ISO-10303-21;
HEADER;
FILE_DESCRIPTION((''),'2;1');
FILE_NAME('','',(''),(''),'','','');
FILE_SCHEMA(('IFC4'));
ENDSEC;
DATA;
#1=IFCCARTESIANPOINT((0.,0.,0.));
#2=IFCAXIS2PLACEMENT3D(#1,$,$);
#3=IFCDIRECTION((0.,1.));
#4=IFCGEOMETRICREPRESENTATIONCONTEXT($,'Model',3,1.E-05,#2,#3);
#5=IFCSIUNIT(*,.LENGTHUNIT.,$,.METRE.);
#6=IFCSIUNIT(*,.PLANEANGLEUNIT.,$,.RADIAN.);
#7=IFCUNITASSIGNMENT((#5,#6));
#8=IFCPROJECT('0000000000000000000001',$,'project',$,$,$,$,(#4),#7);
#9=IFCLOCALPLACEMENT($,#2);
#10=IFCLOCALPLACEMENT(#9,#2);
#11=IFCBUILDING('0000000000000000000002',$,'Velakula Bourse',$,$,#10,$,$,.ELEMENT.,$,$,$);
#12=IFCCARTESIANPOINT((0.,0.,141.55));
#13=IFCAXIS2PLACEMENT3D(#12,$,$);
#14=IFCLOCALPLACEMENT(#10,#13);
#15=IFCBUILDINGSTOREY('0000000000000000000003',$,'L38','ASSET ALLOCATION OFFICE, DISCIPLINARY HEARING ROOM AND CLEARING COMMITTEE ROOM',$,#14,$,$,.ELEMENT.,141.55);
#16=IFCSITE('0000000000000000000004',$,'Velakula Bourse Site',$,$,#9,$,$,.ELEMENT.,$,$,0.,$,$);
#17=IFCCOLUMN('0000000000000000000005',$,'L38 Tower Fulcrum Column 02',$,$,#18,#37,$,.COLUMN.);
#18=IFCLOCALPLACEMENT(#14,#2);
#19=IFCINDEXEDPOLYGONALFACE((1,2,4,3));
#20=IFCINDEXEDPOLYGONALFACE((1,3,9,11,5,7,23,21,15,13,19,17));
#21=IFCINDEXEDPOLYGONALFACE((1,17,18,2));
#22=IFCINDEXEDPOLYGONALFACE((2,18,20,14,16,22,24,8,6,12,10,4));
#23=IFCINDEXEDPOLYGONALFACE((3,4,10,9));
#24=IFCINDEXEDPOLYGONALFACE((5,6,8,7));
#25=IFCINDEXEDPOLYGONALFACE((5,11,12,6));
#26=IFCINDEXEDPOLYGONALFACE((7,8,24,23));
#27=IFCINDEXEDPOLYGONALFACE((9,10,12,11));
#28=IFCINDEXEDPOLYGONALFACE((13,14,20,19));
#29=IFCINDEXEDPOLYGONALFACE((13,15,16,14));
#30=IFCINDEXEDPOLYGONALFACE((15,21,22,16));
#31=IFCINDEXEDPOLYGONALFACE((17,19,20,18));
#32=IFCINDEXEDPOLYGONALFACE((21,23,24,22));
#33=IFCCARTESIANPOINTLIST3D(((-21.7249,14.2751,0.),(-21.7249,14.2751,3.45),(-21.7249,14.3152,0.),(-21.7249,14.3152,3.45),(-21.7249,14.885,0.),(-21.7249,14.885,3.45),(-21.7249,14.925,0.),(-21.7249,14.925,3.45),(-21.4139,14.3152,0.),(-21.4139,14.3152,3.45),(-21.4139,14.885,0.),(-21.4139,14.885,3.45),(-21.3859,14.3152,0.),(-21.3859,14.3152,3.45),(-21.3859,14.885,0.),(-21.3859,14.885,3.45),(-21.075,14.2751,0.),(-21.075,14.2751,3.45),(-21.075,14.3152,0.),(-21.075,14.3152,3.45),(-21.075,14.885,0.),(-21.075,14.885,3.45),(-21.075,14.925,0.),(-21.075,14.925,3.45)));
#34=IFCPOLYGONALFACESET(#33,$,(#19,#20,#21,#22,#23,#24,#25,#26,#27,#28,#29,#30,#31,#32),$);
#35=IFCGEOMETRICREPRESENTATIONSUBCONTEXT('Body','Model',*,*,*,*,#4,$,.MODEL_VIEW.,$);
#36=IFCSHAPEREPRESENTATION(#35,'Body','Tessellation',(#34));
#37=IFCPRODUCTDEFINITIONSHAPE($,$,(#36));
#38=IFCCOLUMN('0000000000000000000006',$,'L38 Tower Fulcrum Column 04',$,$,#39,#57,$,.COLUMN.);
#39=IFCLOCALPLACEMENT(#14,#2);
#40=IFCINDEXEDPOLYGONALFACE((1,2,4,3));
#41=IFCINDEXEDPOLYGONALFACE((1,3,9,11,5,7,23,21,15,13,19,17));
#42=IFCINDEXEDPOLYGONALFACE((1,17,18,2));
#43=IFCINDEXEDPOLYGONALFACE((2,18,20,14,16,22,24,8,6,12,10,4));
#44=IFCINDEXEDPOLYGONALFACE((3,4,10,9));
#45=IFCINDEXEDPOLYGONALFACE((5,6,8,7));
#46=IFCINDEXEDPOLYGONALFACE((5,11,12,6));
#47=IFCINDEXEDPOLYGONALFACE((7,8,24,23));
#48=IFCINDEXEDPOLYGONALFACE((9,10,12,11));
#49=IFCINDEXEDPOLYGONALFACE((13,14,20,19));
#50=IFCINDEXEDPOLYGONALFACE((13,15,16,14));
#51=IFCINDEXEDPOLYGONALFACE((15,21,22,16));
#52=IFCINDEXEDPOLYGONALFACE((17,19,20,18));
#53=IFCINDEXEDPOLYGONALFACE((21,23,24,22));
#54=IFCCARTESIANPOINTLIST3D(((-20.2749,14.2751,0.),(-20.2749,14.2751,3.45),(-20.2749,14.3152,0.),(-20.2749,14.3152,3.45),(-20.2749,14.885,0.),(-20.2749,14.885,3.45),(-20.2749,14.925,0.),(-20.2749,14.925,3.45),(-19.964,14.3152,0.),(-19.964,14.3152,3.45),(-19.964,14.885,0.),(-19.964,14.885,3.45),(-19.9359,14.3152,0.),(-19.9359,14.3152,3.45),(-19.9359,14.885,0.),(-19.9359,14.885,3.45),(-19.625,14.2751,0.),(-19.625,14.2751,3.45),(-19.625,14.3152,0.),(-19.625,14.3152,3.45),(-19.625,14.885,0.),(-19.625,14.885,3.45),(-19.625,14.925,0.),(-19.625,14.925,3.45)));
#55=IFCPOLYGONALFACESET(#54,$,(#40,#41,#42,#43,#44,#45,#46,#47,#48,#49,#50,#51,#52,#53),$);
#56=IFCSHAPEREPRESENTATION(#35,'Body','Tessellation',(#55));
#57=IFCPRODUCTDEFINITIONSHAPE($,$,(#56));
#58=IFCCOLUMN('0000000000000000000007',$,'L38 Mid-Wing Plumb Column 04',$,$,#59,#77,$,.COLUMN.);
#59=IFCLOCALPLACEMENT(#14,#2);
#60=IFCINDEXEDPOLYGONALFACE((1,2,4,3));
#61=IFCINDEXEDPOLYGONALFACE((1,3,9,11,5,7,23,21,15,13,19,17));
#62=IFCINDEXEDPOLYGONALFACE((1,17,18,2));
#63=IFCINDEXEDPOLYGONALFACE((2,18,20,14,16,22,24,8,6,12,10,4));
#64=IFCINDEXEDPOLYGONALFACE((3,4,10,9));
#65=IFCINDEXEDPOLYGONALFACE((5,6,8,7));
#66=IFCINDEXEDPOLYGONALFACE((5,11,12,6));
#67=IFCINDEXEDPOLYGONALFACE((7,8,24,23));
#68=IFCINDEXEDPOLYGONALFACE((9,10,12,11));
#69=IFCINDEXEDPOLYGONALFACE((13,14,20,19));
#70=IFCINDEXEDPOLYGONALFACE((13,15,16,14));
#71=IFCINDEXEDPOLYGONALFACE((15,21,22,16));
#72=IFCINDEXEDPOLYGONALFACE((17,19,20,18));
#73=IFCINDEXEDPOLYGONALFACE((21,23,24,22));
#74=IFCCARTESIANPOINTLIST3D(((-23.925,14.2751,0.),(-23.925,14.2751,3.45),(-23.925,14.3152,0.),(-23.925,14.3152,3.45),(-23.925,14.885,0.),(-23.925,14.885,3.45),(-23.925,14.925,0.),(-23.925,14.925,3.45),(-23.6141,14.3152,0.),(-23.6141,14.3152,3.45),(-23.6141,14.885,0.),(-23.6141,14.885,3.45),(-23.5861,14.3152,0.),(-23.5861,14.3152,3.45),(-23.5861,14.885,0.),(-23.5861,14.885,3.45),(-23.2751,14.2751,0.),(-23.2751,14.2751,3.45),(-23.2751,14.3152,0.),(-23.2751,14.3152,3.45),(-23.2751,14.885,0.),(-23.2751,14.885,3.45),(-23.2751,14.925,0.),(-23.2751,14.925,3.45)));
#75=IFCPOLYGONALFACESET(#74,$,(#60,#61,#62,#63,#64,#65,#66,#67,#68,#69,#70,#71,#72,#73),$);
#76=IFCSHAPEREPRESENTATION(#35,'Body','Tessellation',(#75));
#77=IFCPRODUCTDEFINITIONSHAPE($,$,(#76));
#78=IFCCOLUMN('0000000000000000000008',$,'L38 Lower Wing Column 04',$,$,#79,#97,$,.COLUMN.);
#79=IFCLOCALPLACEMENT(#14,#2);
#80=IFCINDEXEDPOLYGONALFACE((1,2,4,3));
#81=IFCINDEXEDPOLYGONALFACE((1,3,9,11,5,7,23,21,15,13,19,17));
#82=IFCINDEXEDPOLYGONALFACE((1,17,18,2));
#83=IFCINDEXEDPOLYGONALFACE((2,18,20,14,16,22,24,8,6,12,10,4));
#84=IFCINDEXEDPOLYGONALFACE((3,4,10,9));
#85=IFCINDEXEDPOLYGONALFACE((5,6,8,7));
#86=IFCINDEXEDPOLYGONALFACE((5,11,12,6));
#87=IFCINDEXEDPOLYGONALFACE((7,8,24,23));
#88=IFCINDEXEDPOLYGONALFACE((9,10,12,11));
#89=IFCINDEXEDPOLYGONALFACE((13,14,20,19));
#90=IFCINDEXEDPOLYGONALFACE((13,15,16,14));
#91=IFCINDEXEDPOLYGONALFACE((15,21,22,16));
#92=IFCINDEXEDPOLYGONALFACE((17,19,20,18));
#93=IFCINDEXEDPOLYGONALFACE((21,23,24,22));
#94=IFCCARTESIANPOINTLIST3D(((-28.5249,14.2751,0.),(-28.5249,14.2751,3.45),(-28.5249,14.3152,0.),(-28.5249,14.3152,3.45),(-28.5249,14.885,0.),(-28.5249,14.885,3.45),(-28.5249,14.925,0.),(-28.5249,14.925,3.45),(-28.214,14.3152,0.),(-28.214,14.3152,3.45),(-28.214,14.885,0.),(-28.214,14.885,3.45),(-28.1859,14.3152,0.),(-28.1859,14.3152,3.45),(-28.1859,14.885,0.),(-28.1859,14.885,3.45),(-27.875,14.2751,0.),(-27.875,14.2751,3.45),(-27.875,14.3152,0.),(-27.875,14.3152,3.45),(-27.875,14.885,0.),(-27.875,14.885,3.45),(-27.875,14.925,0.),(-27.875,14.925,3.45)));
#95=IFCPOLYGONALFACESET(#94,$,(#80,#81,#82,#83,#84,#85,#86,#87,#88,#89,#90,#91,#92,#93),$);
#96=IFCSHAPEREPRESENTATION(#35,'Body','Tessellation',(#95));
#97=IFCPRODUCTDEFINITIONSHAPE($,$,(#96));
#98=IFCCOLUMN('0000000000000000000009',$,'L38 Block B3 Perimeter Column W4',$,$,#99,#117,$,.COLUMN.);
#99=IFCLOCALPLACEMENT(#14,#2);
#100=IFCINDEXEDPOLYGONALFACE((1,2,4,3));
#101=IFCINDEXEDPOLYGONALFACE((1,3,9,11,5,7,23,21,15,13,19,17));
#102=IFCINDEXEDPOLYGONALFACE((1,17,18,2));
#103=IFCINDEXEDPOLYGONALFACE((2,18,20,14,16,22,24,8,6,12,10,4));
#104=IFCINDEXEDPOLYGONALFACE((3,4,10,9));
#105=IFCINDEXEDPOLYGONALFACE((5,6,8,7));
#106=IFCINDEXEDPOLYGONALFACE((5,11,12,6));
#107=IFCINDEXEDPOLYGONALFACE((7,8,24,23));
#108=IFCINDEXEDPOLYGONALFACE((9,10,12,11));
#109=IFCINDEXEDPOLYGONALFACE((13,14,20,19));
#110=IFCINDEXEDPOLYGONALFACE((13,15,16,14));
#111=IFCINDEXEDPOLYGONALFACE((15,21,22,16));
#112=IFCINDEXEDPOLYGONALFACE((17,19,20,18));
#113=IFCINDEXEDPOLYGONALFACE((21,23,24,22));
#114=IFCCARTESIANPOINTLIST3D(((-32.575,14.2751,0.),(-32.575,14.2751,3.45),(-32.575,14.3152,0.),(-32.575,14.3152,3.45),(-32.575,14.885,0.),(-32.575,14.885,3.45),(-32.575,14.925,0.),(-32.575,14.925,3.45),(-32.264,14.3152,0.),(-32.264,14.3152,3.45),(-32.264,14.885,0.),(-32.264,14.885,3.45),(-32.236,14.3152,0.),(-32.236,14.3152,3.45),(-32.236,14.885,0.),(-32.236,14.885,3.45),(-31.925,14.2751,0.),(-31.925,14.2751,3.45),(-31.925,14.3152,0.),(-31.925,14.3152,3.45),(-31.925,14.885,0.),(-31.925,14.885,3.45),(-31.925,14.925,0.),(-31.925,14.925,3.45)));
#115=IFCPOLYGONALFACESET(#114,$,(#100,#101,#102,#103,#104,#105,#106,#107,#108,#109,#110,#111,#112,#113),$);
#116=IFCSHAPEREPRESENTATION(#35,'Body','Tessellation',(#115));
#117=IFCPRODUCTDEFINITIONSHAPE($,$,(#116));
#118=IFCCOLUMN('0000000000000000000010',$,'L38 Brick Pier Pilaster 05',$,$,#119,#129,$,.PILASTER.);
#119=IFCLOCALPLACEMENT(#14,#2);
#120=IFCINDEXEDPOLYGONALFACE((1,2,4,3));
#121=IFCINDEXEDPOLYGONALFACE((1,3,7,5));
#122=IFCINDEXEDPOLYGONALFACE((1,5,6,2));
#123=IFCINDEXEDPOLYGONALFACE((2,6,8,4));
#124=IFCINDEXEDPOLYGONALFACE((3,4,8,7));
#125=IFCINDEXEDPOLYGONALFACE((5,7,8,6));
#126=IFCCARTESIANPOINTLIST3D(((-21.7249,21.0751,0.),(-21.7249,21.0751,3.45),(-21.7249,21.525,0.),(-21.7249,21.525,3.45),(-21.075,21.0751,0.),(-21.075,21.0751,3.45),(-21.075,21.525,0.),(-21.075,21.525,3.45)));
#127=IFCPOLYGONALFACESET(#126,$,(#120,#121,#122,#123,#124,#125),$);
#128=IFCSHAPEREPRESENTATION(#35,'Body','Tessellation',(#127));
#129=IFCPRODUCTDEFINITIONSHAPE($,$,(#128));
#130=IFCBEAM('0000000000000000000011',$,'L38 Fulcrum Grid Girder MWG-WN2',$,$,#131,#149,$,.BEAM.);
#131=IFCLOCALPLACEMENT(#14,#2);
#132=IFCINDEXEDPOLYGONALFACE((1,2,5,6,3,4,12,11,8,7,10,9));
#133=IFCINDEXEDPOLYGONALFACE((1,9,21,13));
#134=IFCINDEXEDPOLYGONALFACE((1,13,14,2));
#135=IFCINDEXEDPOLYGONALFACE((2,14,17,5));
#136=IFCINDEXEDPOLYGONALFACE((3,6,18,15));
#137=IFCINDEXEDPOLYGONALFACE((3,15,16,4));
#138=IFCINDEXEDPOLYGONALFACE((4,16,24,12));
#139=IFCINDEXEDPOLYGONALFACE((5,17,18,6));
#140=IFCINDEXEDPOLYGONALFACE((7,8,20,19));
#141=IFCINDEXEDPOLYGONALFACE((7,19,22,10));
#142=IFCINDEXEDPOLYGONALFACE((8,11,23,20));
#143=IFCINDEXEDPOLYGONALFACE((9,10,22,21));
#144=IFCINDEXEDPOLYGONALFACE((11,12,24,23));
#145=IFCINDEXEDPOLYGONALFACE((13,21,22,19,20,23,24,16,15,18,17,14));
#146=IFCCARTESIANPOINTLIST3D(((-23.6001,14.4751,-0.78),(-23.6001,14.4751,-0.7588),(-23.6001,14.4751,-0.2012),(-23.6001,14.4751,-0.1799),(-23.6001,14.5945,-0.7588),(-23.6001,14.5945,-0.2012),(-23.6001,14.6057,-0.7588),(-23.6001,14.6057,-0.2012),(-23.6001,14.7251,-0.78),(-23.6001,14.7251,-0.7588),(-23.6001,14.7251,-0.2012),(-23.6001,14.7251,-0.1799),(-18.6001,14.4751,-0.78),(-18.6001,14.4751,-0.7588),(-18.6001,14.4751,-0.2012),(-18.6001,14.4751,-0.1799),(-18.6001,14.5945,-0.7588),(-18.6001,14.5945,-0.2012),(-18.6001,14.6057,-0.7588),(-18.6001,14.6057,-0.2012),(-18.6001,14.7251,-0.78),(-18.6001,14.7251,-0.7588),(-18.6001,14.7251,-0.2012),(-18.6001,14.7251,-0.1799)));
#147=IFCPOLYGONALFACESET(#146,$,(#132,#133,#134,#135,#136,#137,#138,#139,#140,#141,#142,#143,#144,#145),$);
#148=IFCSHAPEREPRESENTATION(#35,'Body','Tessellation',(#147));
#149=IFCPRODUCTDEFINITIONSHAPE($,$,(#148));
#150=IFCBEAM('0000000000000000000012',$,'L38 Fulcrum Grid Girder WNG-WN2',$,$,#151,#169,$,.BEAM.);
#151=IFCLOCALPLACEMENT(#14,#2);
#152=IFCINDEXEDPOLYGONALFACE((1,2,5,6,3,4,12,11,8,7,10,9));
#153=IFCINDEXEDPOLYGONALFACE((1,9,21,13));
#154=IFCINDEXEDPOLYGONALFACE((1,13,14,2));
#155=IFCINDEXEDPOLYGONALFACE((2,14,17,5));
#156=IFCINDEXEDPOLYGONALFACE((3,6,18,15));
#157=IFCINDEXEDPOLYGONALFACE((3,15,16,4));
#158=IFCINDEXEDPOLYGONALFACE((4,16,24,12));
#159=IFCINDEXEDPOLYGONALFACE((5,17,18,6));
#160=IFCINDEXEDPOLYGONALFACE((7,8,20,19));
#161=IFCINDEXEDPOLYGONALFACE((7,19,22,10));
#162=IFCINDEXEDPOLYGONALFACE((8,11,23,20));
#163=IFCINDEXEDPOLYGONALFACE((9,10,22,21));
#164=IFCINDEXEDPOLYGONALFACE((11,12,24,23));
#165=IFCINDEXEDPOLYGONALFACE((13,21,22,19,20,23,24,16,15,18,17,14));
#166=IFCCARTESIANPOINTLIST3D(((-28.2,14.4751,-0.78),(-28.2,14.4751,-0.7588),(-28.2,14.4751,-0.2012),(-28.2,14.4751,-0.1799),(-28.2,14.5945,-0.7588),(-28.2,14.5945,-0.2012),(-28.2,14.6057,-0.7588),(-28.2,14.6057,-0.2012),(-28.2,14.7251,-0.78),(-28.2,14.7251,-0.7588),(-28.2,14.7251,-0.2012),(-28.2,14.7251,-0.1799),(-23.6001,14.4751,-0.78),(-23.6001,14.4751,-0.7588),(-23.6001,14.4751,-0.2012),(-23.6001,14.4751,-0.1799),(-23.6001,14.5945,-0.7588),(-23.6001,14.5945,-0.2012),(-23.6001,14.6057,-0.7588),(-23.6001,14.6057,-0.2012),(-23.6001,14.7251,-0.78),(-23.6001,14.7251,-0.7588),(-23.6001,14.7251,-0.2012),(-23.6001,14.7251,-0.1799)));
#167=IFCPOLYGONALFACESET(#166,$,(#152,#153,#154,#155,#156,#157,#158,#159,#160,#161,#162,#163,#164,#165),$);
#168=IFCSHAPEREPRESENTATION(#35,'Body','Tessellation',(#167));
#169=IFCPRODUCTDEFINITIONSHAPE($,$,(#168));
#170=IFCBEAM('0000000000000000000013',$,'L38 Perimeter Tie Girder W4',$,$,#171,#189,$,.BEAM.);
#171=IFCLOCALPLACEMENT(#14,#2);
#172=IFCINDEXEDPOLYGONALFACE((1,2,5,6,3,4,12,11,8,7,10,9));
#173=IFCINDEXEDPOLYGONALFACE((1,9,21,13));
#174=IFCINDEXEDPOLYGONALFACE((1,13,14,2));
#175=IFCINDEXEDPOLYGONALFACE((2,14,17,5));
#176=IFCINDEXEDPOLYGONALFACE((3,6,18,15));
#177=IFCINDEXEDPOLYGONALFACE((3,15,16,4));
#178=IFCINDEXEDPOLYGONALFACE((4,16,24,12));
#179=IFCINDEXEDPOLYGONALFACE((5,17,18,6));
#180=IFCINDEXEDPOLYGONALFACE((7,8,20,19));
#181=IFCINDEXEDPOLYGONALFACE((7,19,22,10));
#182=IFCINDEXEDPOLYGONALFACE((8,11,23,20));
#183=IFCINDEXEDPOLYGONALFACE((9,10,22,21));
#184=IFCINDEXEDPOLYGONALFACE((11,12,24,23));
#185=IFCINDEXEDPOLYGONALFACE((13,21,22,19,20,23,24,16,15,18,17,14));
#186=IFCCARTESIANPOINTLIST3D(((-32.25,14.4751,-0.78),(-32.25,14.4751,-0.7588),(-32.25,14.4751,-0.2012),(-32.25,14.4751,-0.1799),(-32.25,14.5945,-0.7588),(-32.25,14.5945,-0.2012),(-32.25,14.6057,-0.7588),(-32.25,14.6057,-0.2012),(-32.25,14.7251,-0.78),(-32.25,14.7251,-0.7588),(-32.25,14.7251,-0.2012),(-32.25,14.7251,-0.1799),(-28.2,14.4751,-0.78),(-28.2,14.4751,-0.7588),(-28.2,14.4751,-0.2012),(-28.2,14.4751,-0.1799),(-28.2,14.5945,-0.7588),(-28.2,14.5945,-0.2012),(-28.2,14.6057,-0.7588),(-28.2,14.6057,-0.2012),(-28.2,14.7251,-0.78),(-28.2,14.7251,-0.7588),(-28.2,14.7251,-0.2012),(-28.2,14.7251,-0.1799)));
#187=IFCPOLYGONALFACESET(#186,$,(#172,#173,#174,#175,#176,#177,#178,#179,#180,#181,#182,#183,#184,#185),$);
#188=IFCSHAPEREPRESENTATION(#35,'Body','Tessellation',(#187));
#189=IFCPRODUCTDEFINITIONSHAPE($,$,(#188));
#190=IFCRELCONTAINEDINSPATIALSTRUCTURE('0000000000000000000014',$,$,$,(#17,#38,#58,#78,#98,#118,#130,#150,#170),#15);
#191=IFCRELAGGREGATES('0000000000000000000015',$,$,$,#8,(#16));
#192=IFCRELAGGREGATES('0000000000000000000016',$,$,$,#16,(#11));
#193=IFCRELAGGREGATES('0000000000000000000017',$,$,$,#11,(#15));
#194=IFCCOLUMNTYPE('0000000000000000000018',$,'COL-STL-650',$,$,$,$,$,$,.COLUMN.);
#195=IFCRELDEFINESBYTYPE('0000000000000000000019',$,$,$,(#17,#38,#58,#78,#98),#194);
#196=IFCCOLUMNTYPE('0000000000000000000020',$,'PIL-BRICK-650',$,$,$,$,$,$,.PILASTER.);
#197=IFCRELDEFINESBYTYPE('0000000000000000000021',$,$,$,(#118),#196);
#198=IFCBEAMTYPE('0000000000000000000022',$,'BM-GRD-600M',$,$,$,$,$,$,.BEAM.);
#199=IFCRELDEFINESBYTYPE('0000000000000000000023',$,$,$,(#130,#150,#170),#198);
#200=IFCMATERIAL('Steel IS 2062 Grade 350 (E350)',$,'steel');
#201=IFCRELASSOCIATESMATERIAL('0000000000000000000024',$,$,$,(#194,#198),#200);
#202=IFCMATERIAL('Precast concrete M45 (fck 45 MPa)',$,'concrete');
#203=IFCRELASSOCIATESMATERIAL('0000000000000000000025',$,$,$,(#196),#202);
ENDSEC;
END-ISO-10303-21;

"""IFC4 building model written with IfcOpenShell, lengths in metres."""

from ifc_helpers import new_model, si_unit, direction, frame, origin, origin_2d, place, context, subcontext, project, spatial, rectangle, i_section, extrude, material, material_profile, profile_set, type_object, element, save


model = new_model("IFC4")

# Units and contexts
model_context = context("Model", 3, precision=1e-05, world=origin(), true_north=direction((0.0, 1.0)))
body_context = subcontext(model_context, "Body", "Model", "MODEL_VIEW")
ifc_project = project(units=[si_unit("LENGTHUNIT", "METRE"), si_unit("PLANEANGLEUNIT", "RADIAN")], contexts=[model_context])

# Site, building, storey
site_placement = place(None, origin())
site = spatial("IfcSite", under=ifc_project, at=site_placement, Name="Velakula Bourse Site", CompositionType="ELEMENT", RefElevation=0.0)
building_placement = place(site_placement, origin())
building = spatial("IfcBuilding", under=site, at=building_placement, Name="Velakula Bourse", CompositionType="ELEMENT")
storey_placement = place(building_placement, frame((0.0, 0.0, 141.55)))
storey = spatial("IfcBuildingStorey", under=building, at=storey_placement, Name="L38", Description="ASSET ALLOCATION OFFICE, DISCIPLINARY HEARING ROOM AND CLEARING COMMITTEE ROOM", CompositionType="ELEMENT", Elevation=141.55)

# Columns
ifc_material_1 = material(Name="Steel IS 2062 Grade 350 (E350)", Category="steel")
ifc_material_profile_1 = material_profile(ifc_material_1, i_section(OverallWidth=0.6499, OverallDepth=0.6499, WebThickness=0.0281, FlangeThickness=0.04, at=origin_2d()), Name="Steel IS 2062 Grade 350 (E350)")
ifc_profile_set_1 = profile_set([ifc_material_profile_1], Name="Steel IS 2062 Grade 350 (E350)")
column_type_1 = type_object("IfcColumnType", Name="COL-STL-650", PredefinedType="COLUMN", material=ifc_profile_set_1)
for number, where, z_axis, x_axis, name in (
    (1, (-21.3999, 14.6001, 0.0), (0.0, 0.0, 1.0), (1.0, 0.0, 0.0), "L38 Tower Fulcrum Column 02"),
    (2, (-19.95, 14.6001, 0.0), (0.0, 0.0, 1.0), (1.0, 0.0, 0.0), "L38 Tower Fulcrum Column 04"),
    (3, (-23.6001, 14.6001, 0.0), (0.0, 0.0, 1.0), (1.0, 0.0, 0.0), "L38 Mid-Wing Plumb Column 04"),
    (4, (-28.2, 14.6001, 0.0), (0.0, 0.0, 1.0), (1.0, 0.0, 0.0), "L38 Lower Wing Column 04"),
    (5, (-32.25, 14.6001, 0.0), (0.0, 0.0, 1.0), (1.0, 0.0, 0.0), "L38 Block B3 Perimeter Column W4"),
):
    element("IfcColumn", number, at=place(storey_placement, frame(where, z_axis=z_axis, x_axis=x_axis)), inside=storey, type_object=column_type_1, Name=name, PredefinedType="COLUMN", context=body_context, shape_type="SweptSolid", body=[
        extrude(i_section(OverallWidth=0.6499, OverallDepth=0.6499, WebThickness=0.0281, FlangeThickness=0.04, at=origin_2d()), origin(), (0.0, 0.0, 1.0), 3.45),
    ])
ifc_material_2 = material(Name="Precast concrete M45 (fck 45 MPa)", Category="concrete")
ifc_material_profile_2 = material_profile(ifc_material_2, rectangle(XDim=0.6499, YDim=0.45, at=origin_2d()), Name="Precast concrete M45 (fck 45 MPa)")
ifc_profile_set_2 = profile_set([ifc_material_profile_2], Name="Precast concrete M45 (fck 45 MPa)")
column_type_2 = type_object("IfcColumnType", Name="PIL-BRICK-650", PredefinedType="PILASTER", material=ifc_profile_set_2)
column_placement = place(storey_placement, frame((-21.3999, 21.3, 0.0), z_axis=(0.0, 0.0, 1.0), x_axis=(1.0, 0.0, 0.0)))
element("IfcColumn", 6, at=column_placement, inside=storey, type_object=column_type_2, Name="L38 Brick Pier Pilaster 05", PredefinedType="PILASTER", context=body_context, shape_type="SweptSolid", body=[
    extrude(rectangle(XDim=0.6499, YDim=0.45, at=origin_2d()), origin(), (0.0, 0.0, 1.0), 3.45),
])

# Beams
ifc_material_profile_3 = material_profile(ifc_material_1, i_section(OverallWidth=0.25, OverallDepth=0.6001, WebThickness=0.0112, FlangeThickness=0.0212, at=origin_2d()), Name="Steel IS 2062 Grade 350 (E350)")
ifc_profile_set_3 = profile_set([ifc_material_profile_3], Name="Steel IS 2062 Grade 350 (E350)")
beam_type_1 = type_object("IfcBeamType", Name="BM-GRD-600M", PredefinedType="BEAM", material=ifc_profile_set_3)
beam_1_placement = place(storey_placement, frame((-23.6001, 14.6001, -0.48), z_axis=(1.0, 0.0, 0.0), x_axis=(0.0, 1.0, 0.0)))
element("IfcBeam", 7, at=beam_1_placement, inside=storey, type_object=beam_type_1, Name="L38 Fulcrum Grid Girder MWG-WN2", PredefinedType="BEAM", context=body_context, shape_type="SweptSolid", body=[
    extrude(i_section(OverallWidth=0.25, OverallDepth=0.6001, WebThickness=0.0112, FlangeThickness=0.0212, at=origin_2d()), origin(), (0.0, 0.0, 1.0), 5.0),
])
beam_2_placement = place(storey_placement, frame((-28.2, 14.6001, -0.48), z_axis=(1.0, 0.0, 0.0), x_axis=(0.0, 1.0, 0.0)))
element("IfcBeam", 8, at=beam_2_placement, inside=storey, type_object=beam_type_1, Name="L38 Fulcrum Grid Girder WNG-WN2", PredefinedType="BEAM", context=body_context, shape_type="SweptSolid", body=[
    extrude(i_section(OverallWidth=0.25, OverallDepth=0.6001, WebThickness=0.0112, FlangeThickness=0.0212, at=origin_2d()), origin(), (0.0, 0.0, 1.0), 4.5999),
])
beam_3_placement = place(storey_placement, frame((-28.2, 14.6001, -0.48), z_axis=(-1.0, 0.0, 0.0), x_axis=(0.0, -1.0, 0.0)))
element("IfcBeam", 9, at=beam_3_placement, inside=storey, type_object=beam_type_1, Name="L38 Perimeter Tie Girder W4", PredefinedType="BEAM", context=body_context, shape_type="SweptSolid", body=[
    extrude(i_section(OverallWidth=0.25, OverallDepth=0.6001, WebThickness=0.0112, FlangeThickness=0.0212, at=origin_2d()), origin(), (0.0, 0.0, 1.0), 4.05),
])

save(model, "model.ifc")
